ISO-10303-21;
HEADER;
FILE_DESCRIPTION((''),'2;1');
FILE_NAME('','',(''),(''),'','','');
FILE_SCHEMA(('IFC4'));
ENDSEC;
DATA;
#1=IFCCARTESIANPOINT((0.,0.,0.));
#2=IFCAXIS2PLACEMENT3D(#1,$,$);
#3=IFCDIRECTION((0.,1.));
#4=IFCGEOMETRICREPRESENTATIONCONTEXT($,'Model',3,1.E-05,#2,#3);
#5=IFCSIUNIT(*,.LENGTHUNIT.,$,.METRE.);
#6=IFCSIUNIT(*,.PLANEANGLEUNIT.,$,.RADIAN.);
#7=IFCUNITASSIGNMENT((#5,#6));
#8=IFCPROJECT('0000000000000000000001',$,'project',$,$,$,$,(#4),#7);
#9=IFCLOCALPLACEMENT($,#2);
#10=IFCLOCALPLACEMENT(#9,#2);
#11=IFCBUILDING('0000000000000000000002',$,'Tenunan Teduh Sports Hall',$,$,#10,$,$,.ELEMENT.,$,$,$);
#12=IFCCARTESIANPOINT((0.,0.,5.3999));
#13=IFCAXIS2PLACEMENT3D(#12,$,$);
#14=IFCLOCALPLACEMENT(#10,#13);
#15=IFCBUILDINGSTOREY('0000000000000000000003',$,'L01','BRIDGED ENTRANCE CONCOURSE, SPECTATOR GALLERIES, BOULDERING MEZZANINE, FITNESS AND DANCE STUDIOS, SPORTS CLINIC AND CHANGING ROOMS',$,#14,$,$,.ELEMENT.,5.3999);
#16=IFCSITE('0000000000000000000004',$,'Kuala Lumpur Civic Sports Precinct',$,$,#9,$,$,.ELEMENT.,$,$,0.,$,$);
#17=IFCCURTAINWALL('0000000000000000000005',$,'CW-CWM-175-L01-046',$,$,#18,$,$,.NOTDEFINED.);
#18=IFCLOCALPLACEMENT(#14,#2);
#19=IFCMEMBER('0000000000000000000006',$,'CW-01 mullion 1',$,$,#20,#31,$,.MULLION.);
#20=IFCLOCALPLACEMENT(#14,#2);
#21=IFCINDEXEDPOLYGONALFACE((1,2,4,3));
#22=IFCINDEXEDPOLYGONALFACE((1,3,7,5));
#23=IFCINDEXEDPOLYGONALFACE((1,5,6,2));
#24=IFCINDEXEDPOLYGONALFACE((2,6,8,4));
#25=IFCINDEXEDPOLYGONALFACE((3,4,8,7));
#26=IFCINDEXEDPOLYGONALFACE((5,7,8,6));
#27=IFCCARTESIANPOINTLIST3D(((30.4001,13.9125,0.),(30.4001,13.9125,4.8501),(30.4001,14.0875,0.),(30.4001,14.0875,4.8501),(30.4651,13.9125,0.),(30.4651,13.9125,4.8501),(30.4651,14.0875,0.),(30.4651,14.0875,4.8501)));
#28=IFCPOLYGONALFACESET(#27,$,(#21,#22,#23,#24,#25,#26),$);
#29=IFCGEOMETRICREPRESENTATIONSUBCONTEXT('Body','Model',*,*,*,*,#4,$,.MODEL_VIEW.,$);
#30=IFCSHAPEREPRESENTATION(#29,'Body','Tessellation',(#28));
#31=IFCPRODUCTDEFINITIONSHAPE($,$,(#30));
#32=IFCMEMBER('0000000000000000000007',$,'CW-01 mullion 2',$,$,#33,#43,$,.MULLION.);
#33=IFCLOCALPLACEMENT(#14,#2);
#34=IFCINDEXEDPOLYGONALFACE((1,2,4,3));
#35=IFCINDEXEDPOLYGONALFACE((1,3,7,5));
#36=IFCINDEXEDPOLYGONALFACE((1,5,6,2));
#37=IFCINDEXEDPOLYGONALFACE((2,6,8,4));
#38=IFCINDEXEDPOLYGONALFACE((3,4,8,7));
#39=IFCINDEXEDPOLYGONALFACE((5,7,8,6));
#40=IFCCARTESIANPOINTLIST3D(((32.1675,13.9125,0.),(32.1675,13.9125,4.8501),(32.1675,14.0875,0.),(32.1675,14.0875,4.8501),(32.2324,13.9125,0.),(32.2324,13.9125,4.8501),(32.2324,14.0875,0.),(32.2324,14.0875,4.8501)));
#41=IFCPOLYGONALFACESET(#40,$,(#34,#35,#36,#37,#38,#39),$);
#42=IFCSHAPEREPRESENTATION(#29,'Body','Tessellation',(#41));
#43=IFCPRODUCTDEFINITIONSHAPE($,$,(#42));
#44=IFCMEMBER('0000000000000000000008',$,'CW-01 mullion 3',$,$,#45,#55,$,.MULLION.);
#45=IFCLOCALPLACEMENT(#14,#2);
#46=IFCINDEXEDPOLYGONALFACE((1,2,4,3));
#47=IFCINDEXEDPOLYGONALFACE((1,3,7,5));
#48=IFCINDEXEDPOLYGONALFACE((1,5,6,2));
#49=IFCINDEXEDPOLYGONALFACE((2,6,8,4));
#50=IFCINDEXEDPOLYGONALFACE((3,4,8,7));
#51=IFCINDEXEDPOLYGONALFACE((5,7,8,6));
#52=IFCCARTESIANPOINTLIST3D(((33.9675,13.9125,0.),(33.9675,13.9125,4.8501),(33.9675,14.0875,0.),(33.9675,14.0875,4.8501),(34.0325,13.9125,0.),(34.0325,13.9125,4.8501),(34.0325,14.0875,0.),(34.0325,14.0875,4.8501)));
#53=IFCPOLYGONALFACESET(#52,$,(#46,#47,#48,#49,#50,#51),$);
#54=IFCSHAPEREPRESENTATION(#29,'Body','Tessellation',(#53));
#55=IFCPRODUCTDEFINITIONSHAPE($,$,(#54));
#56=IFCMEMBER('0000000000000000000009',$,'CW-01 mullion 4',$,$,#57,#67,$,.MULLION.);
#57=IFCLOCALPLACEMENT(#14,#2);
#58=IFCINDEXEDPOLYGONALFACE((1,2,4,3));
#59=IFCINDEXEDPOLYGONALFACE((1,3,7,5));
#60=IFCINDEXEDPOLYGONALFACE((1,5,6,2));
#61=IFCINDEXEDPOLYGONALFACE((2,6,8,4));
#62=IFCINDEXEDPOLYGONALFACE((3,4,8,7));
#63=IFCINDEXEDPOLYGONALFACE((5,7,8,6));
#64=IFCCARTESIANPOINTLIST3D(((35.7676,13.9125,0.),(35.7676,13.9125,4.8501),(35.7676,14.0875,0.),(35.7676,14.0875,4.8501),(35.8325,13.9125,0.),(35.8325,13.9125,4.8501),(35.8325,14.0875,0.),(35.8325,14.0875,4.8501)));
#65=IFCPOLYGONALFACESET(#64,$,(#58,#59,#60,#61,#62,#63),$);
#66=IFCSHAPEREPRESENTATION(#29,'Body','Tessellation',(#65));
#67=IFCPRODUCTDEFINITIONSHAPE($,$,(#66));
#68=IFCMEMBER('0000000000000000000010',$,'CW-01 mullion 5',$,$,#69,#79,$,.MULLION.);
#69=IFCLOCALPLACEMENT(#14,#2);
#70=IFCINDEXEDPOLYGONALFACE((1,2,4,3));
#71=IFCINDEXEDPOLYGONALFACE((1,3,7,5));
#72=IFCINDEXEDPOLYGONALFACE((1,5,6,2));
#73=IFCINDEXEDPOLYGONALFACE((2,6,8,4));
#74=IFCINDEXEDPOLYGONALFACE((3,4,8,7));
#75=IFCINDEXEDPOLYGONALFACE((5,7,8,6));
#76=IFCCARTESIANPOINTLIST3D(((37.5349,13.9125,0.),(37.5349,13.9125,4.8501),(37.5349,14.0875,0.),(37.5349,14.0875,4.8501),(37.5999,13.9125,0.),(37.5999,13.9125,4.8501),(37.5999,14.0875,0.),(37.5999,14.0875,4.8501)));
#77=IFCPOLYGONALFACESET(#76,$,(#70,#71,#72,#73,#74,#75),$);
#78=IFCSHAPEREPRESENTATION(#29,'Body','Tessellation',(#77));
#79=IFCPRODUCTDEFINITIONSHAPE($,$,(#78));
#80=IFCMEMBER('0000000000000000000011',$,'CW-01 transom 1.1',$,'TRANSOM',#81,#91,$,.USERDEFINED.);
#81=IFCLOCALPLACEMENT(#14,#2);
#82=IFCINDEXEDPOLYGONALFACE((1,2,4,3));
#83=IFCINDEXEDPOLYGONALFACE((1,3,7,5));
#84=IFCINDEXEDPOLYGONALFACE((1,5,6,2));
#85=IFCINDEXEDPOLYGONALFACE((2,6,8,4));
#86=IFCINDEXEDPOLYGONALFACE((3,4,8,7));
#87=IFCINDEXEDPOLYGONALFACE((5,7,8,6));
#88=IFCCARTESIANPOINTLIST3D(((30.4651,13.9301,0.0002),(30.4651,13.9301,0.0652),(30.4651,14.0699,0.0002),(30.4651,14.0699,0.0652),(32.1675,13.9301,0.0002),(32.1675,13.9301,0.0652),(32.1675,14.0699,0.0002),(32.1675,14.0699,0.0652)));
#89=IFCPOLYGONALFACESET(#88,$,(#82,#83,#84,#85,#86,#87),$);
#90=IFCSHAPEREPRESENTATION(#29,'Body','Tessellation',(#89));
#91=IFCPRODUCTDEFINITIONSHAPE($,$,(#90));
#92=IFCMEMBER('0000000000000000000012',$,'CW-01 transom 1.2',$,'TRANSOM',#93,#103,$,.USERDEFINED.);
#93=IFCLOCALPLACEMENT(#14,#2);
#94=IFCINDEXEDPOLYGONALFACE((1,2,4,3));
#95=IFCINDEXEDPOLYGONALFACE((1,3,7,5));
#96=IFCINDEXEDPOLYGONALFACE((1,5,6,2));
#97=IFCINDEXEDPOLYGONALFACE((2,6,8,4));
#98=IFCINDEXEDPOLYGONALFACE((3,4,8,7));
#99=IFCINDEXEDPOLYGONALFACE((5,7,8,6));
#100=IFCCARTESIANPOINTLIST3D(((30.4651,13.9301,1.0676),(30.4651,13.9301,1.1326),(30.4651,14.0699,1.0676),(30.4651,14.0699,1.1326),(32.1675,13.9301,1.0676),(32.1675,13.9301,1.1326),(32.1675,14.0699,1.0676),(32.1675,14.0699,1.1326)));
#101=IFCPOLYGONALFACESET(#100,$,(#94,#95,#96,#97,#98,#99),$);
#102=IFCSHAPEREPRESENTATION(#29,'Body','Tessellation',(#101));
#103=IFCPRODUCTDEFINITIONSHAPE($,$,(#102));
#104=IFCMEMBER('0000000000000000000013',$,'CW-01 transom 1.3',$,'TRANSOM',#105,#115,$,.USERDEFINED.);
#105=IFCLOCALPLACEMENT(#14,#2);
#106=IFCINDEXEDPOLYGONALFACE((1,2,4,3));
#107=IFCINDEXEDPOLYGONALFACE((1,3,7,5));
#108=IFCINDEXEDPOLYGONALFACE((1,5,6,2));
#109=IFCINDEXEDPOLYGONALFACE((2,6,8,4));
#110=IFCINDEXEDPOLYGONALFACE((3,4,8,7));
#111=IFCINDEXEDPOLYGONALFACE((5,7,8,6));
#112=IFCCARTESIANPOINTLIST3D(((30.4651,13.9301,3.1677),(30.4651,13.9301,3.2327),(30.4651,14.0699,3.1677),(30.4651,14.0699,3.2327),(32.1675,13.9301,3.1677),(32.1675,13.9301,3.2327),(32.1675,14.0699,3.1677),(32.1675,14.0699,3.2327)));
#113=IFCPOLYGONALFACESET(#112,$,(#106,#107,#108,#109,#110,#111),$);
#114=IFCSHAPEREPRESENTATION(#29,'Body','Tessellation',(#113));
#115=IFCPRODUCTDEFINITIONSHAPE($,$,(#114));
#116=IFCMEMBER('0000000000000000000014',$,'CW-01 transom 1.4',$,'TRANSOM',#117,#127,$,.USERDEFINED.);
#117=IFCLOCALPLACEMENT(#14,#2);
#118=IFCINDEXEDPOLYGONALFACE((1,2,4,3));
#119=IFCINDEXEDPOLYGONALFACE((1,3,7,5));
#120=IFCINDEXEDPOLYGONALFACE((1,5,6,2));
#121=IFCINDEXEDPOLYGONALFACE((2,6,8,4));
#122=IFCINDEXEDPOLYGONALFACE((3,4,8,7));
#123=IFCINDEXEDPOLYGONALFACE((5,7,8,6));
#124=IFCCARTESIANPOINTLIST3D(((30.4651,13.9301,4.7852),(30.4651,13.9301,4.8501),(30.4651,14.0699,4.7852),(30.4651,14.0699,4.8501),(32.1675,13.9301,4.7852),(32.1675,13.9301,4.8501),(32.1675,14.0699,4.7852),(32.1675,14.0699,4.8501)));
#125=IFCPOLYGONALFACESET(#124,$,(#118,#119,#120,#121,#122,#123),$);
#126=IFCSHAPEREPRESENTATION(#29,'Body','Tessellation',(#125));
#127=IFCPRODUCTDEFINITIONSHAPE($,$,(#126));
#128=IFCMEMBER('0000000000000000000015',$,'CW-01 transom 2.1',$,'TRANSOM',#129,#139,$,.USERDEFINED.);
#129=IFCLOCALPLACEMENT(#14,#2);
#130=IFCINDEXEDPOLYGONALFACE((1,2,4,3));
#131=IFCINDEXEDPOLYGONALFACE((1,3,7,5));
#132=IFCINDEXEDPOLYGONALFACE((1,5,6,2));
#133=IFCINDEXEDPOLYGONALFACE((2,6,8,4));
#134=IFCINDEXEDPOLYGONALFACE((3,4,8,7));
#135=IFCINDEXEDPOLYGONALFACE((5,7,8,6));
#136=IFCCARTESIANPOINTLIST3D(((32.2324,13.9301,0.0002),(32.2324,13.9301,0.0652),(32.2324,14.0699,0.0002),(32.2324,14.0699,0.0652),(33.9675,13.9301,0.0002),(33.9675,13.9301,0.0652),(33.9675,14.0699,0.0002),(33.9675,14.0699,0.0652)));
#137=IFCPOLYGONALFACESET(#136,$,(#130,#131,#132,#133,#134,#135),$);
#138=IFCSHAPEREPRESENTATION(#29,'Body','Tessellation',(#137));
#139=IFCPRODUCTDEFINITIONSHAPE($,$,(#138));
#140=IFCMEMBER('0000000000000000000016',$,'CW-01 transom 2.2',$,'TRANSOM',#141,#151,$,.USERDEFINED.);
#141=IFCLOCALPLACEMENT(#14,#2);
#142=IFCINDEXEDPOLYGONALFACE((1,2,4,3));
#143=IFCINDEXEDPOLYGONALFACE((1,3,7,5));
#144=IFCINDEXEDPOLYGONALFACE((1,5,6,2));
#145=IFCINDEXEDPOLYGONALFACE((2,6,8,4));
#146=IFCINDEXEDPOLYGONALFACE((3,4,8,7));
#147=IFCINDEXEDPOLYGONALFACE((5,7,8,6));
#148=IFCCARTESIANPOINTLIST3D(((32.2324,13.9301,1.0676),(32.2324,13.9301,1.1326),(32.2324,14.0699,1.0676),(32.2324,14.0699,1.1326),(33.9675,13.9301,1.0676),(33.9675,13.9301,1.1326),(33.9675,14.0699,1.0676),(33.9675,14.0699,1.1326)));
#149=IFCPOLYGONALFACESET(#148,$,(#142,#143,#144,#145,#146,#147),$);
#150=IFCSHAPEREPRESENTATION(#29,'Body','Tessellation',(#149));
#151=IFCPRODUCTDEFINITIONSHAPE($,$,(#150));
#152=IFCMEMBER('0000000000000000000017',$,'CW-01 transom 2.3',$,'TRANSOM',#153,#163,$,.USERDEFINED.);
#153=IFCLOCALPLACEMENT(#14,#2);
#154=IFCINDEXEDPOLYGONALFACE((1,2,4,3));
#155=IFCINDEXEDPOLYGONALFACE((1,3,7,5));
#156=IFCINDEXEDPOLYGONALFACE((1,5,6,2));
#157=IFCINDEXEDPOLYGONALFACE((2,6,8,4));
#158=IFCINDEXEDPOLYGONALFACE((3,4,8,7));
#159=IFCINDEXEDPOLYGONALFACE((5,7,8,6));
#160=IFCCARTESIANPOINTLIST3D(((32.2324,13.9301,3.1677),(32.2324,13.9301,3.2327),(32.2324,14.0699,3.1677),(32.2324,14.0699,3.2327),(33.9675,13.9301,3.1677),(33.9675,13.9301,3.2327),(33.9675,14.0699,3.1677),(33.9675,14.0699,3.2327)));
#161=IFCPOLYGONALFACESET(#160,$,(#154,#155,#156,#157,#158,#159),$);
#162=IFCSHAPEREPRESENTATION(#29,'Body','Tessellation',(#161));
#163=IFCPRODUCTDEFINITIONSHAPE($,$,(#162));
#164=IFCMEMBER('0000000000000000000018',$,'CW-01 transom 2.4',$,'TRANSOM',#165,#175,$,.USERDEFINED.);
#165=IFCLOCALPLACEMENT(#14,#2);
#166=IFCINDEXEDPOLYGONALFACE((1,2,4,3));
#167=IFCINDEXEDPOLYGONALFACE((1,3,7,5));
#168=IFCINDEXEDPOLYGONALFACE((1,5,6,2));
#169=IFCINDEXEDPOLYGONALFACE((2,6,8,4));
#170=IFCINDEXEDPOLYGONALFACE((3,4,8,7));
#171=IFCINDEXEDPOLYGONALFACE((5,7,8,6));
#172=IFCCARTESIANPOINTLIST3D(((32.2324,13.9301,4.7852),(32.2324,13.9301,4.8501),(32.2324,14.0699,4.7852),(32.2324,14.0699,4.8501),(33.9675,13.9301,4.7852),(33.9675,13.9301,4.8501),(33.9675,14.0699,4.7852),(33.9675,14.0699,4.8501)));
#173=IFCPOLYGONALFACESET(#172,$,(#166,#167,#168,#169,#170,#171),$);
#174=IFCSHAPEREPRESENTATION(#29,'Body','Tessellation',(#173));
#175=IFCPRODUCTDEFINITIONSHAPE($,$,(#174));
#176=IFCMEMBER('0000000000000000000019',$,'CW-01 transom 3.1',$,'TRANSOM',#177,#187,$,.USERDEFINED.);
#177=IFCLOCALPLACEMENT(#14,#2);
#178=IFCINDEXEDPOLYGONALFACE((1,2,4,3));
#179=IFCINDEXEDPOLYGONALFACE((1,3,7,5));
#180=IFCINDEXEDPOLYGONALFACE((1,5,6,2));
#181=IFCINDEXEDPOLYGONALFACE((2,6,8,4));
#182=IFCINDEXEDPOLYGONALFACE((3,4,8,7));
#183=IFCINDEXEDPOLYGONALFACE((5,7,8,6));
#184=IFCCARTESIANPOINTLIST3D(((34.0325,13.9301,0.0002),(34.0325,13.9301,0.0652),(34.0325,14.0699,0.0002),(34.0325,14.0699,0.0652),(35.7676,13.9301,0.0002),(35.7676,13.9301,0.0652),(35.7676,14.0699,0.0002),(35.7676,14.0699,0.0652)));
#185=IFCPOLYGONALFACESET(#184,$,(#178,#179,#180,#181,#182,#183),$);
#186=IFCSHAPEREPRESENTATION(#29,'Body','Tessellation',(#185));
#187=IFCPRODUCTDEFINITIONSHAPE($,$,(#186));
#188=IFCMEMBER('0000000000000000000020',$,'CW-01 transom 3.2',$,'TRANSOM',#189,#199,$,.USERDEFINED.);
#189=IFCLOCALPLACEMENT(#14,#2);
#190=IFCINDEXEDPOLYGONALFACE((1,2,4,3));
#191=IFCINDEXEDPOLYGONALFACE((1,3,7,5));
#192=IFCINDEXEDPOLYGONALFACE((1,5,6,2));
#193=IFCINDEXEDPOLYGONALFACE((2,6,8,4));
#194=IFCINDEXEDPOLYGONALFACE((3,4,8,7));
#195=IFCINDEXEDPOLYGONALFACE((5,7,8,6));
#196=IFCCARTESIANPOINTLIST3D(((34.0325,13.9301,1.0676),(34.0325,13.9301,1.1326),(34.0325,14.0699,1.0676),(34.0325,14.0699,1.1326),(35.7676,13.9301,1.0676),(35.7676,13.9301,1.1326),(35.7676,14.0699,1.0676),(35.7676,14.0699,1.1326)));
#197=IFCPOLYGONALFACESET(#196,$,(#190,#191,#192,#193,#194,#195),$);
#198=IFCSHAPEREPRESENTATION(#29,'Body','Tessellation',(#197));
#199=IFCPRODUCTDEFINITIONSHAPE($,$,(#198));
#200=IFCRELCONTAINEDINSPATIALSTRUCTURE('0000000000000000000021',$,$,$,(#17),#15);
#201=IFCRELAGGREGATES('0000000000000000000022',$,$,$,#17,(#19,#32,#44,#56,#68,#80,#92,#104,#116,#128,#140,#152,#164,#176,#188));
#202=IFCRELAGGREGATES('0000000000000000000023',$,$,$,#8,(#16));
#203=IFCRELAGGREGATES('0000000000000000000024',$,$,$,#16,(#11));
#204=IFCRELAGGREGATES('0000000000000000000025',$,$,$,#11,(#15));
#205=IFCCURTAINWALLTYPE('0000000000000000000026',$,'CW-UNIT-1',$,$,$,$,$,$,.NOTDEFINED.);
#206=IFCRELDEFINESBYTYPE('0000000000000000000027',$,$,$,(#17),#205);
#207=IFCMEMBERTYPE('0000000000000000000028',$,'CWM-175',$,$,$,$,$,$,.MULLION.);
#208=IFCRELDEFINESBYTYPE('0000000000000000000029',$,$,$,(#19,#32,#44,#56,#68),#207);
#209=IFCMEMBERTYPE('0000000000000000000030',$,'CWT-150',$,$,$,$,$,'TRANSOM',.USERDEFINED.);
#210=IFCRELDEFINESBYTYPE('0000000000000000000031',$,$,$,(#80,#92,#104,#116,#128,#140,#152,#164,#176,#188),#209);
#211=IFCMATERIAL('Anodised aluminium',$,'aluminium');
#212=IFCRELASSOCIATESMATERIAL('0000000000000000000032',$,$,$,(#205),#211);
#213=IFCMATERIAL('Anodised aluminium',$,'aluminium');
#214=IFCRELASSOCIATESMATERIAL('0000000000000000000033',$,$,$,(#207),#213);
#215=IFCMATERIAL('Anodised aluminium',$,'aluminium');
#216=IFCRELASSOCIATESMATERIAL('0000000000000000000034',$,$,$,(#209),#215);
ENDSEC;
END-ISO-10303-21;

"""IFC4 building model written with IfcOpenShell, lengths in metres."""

from ifc_helpers import new_model, si_unit, direction, frame, origin, origin_2d, place, context, subcontext, project, spatial, rectangle, extrude, material, material_profile, profile_set, type_object, element, aggregate, save


model = new_model("IFC4")

# Units and contexts
model_context = context("Model", 3, precision=1e-05, world=origin(), true_north=direction((0.0, 1.0)))
body_context = subcontext(model_context, "Body", "Model", "MODEL_VIEW")
ifc_project = project(units=[si_unit("LENGTHUNIT", "METRE"), si_unit("PLANEANGLEUNIT", "RADIAN")], contexts=[model_context])

# Site, building, storey
site_placement = place(None, origin())
site = spatial("IfcSite", under=ifc_project, at=site_placement, Name="Kuala Lumpur Civic Sports Precinct", CompositionType="ELEMENT", RefElevation=0.0)
building_placement = place(site_placement, origin())
building = spatial("IfcBuilding", under=site, at=building_placement, Name="Tenunan Teduh Sports Hall", CompositionType="ELEMENT")
storey_placement = place(building_placement, frame((0.0, 0.0, 5.3999)))
storey = spatial("IfcBuildingStorey", under=building, at=storey_placement, Name="L01", Description="BRIDGED ENTRANCE CONCOURSE, SPECTATOR GALLERIES, BOULDERING MEZZANINE, FITNESS AND DANCE STUDIOS, SPORTS CLINIC AND CHANGING ROOMS", CompositionType="ELEMENT", Elevation=5.3999)

# Curtain wall, members
ifc_material_1 = material(Name="Anodised aluminium", Category="aluminium")
curtain_wall_type = type_object("IfcCurtainWallType", Name="CW-UNIT-1", PredefinedType="NOTDEFINED", material=ifc_material_1)
curtain_wall_placement = place(storey_placement, origin())
curtain_wall = element("IfcCurtainWall", 1, at=curtain_wall_placement, inside=storey, type_object=curtain_wall_type, Name="CW-CWM-175-L01-046", PredefinedType="NOTDEFINED")
ifc_material_2 = material(Name="Anodised aluminium", Category="aluminium")
ifc_material_profile_1 = material_profile(ifc_material_2, rectangle(XDim=0.0649, YDim=0.175, at=origin_2d()), Name="CWM 65x175")
ifc_profile_set_1 = profile_set([ifc_material_profile_1], Name="Anodised aluminium")
member_type_1 = type_object("IfcMemberType", Name="CWM-175", PredefinedType="MULLION", material=ifc_profile_set_1)
member_1_placement = place(storey_placement, frame((30.4326, 14.0, 0.0), z_axis=(0.0, 0.0, 1.0), x_axis=(1.0, 0.0, 0.0)))
member_1 = element("IfcMember", 2, at=member_1_placement, type_object=member_type_1, Name="CW-01 mullion 1", PredefinedType="MULLION", context=body_context, shape_type="SweptSolid", body=[
    extrude(rectangle(XDim=0.0649, YDim=0.175, at=origin_2d()), origin(), (0.0, 0.0, 1.0), 4.8501),
])
member_2_placement = place(storey_placement, frame((32.2, 14.0, 0.0), z_axis=(0.0, 0.0, 1.0), x_axis=(1.0, 0.0, 0.0)))
member_2 = element("IfcMember", 3, at=member_2_placement, type_object=member_type_1, Name="CW-01 mullion 2", PredefinedType="MULLION", context=body_context, shape_type="SweptSolid", body=[
    extrude(rectangle(XDim=0.0649, YDim=0.175, at=origin_2d()), origin(), (0.0, 0.0, 1.0), 4.8501),
])
member_3_placement = place(storey_placement, frame((34.0, 14.0, 0.0), z_axis=(0.0, 0.0, 1.0), x_axis=(1.0, 0.0, 0.0)))
member_3 = element("IfcMember", 4, at=member_3_placement, type_object=member_type_1, Name="CW-01 mullion 3", PredefinedType="MULLION", context=body_context, shape_type="SweptSolid", body=[
    extrude(rectangle(XDim=0.0649, YDim=0.175, at=origin_2d()), origin(), (0.0, 0.0, 1.0), 4.8501),
])
member_4_placement = place(storey_placement, frame((35.8, 14.0, 0.0), z_axis=(0.0, 0.0, 1.0), x_axis=(1.0, 0.0, 0.0)))
member_4 = element("IfcMember", 5, at=member_4_placement, type_object=member_type_1, Name="CW-01 mullion 4", PredefinedType="MULLION", context=body_context, shape_type="SweptSolid", body=[
    extrude(rectangle(XDim=0.0649, YDim=0.175, at=origin_2d()), origin(), (0.0, 0.0, 1.0), 4.8501),
])
member_5_placement = place(storey_placement, frame((37.5674, 14.0, 0.0), z_axis=(0.0, 0.0, 1.0), x_axis=(1.0, 0.0, 0.0)))
member_5 = element("IfcMember", 6, at=member_5_placement, type_object=member_type_1, Name="CW-01 mullion 5", PredefinedType="MULLION", context=body_context, shape_type="SweptSolid", body=[
    extrude(rectangle(XDim=0.0649, YDim=0.175, at=origin_2d()), origin(), (0.0, 0.0, 1.0), 4.8501),
])
ifc_material_3 = material(Name="Anodised aluminium", Category="aluminium")
ifc_material_profile_2 = material_profile(ifc_material_3, rectangle(XDim=0.0649, YDim=0.1399, at=origin_2d()), Name="CWT 65x140")
ifc_profile_set_2 = profile_set([ifc_material_profile_2], Name="Anodised aluminium")
member_type_2 = type_object("IfcMemberType", Name="CWT-150", ElementType="TRANSOM", PredefinedType="USERDEFINED", material=ifc_profile_set_2)
member_6_placement = place(storey_placement, frame((30.4651, 14.0, 0.0327), z_axis=(1.0, 0.0, 0.0), x_axis=(0.0, 0.0, 1.0)))
member_6 = element("IfcMember", 7, at=member_6_placement, type_object=member_type_2, Name="CW-01 transom 1.1", ObjectType="TRANSOM", PredefinedType="USERDEFINED", context=body_context, shape_type="SweptSolid", body=[
    extrude(rectangle(XDim=0.0649, YDim=0.1399, at=origin_2d()), origin(), (0.0, 0.0, 1.0), 1.7024),
])
member_7_placement = place(storey_placement, frame((30.4651, 14.0, 1.1001), z_axis=(1.0, 0.0, 0.0), x_axis=(0.0, 0.0, 1.0)))
member_7 = element("IfcMember", 8, at=member_7_placement, type_object=member_type_2, Name="CW-01 transom 1.2", ObjectType="TRANSOM", PredefinedType="USERDEFINED", context=body_context, shape_type="SweptSolid", body=[
    extrude(rectangle(XDim=0.0649, YDim=0.1399, at=origin_2d()), origin(), (0.0, 0.0, 1.0), 1.7024),
])
member_8_placement = place(storey_placement, frame((30.4651, 14.0, 3.2002), z_axis=(1.0, 0.0, 0.0), x_axis=(0.0, 0.0, 1.0)))
member_8 = element("IfcMember", 9, at=member_8_placement, type_object=member_type_2, Name="CW-01 transom 1.3", ObjectType="TRANSOM", PredefinedType="USERDEFINED", context=body_context, shape_type="SweptSolid", body=[
    extrude(rectangle(XDim=0.0649, YDim=0.1399, at=origin_2d()), origin(), (0.0, 0.0, 1.0), 1.7024),
])
member_9_placement = place(storey_placement, frame((30.4651, 14.0, 4.8176), z_axis=(1.0, 0.0, 0.0), x_axis=(0.0, 0.0, 1.0)))
member_9 = element("IfcMember", 10, at=member_9_placement, type_object=member_type_2, Name="CW-01 transom 1.4", ObjectType="TRANSOM", PredefinedType="USERDEFINED", context=body_context, shape_type="SweptSolid", body=[
    extrude(rectangle(XDim=0.0649, YDim=0.1399, at=origin_2d()), origin(), (0.0, 0.0, 1.0), 1.7024),
])
member_10_placement = place(storey_placement, frame((32.2324, 14.0, 0.0327), z_axis=(1.0, 0.0, 0.0), x_axis=(0.0, 0.0, 1.0)))
member_10 = element("IfcMember", 11, at=member_10_placement, type_object=member_type_2, Name="CW-01 transom 2.1", ObjectType="TRANSOM", PredefinedType="USERDEFINED", context=body_context, shape_type="SweptSolid", body=[
    extrude(rectangle(XDim=0.0649, YDim=0.1399, at=origin_2d()), origin(), (0.0, 0.0, 1.0), 1.7351),
])
member_11_placement = place(storey_placement, frame((32.2324, 14.0, 1.1001), z_axis=(1.0, 0.0, 0.0), x_axis=(0.0, 0.0, 1.0)))
member_11 = element("IfcMember", 12, at=member_11_placement, type_object=member_type_2, Name="CW-01 transom 2.2", ObjectType="TRANSOM", PredefinedType="USERDEFINED", context=body_context, shape_type="SweptSolid", body=[
    extrude(rectangle(XDim=0.0649, YDim=0.1399, at=origin_2d()), origin(), (0.0, 0.0, 1.0), 1.7351),
])
member_12_placement = place(storey_placement, frame((32.2324, 14.0, 3.2002), z_axis=(1.0, 0.0, 0.0), x_axis=(0.0, 0.0, 1.0)))
member_12 = element("IfcMember", 13, at=member_12_placement, type_object=member_type_2, Name="CW-01 transom 2.3", ObjectType="TRANSOM", PredefinedType="USERDEFINED", context=body_context, shape_type="SweptSolid", body=[
    extrude(rectangle(XDim=0.0649, YDim=0.1399, at=origin_2d()), origin(), (0.0, 0.0, 1.0), 1.7351),
])
member_13_placement = place(storey_placement, frame((32.2324, 14.0, 4.8176), z_axis=(1.0, 0.0, 0.0), x_axis=(0.0, 0.0, 1.0)))
member_13 = element("IfcMember", 14, at=member_13_placement, type_object=member_type_2, Name="CW-01 transom 2.4", ObjectType="TRANSOM", PredefinedType="USERDEFINED", context=body_context, shape_type="SweptSolid", body=[
    extrude(rectangle(XDim=0.0649, YDim=0.1399, at=origin_2d()), origin(), (0.0, 0.0, 1.0), 1.7351),
])
member_14_placement = place(storey_placement, frame((34.0325, 14.0, 0.0327), z_axis=(1.0, 0.0, 0.0), x_axis=(0.0, 0.0, 1.0)))
member_14 = element("IfcMember", 15, at=member_14_placement, type_object=member_type_2, Name="CW-01 transom 3.1", ObjectType="TRANSOM", PredefinedType="USERDEFINED", context=body_context, shape_type="SweptSolid", body=[
    extrude(rectangle(XDim=0.0649, YDim=0.1399, at=origin_2d()), origin(), (0.0, 0.0, 1.0), 1.7351),
])
member_15_placement = place(storey_placement, frame((34.0325, 14.0, 1.1001), z_axis=(1.0, 0.0, 0.0), x_axis=(0.0, 0.0, 1.0)))
member_15 = element("IfcMember", 16, at=member_15_placement, type_object=member_type_2, Name="CW-01 transom 3.2", ObjectType="TRANSOM", PredefinedType="USERDEFINED", context=body_context, shape_type="SweptSolid", body=[
    extrude(rectangle(XDim=0.0649, YDim=0.1399, at=origin_2d()), origin(), (0.0, 0.0, 1.0), 1.7351),
])

aggregate(curtain_wall, [member_1, member_2, member_3, member_4, member_5, member_6, member_7, member_8, member_9, member_10, member_11, member_12, member_13, member_14, member_15])

save(model, "model.ifc")
